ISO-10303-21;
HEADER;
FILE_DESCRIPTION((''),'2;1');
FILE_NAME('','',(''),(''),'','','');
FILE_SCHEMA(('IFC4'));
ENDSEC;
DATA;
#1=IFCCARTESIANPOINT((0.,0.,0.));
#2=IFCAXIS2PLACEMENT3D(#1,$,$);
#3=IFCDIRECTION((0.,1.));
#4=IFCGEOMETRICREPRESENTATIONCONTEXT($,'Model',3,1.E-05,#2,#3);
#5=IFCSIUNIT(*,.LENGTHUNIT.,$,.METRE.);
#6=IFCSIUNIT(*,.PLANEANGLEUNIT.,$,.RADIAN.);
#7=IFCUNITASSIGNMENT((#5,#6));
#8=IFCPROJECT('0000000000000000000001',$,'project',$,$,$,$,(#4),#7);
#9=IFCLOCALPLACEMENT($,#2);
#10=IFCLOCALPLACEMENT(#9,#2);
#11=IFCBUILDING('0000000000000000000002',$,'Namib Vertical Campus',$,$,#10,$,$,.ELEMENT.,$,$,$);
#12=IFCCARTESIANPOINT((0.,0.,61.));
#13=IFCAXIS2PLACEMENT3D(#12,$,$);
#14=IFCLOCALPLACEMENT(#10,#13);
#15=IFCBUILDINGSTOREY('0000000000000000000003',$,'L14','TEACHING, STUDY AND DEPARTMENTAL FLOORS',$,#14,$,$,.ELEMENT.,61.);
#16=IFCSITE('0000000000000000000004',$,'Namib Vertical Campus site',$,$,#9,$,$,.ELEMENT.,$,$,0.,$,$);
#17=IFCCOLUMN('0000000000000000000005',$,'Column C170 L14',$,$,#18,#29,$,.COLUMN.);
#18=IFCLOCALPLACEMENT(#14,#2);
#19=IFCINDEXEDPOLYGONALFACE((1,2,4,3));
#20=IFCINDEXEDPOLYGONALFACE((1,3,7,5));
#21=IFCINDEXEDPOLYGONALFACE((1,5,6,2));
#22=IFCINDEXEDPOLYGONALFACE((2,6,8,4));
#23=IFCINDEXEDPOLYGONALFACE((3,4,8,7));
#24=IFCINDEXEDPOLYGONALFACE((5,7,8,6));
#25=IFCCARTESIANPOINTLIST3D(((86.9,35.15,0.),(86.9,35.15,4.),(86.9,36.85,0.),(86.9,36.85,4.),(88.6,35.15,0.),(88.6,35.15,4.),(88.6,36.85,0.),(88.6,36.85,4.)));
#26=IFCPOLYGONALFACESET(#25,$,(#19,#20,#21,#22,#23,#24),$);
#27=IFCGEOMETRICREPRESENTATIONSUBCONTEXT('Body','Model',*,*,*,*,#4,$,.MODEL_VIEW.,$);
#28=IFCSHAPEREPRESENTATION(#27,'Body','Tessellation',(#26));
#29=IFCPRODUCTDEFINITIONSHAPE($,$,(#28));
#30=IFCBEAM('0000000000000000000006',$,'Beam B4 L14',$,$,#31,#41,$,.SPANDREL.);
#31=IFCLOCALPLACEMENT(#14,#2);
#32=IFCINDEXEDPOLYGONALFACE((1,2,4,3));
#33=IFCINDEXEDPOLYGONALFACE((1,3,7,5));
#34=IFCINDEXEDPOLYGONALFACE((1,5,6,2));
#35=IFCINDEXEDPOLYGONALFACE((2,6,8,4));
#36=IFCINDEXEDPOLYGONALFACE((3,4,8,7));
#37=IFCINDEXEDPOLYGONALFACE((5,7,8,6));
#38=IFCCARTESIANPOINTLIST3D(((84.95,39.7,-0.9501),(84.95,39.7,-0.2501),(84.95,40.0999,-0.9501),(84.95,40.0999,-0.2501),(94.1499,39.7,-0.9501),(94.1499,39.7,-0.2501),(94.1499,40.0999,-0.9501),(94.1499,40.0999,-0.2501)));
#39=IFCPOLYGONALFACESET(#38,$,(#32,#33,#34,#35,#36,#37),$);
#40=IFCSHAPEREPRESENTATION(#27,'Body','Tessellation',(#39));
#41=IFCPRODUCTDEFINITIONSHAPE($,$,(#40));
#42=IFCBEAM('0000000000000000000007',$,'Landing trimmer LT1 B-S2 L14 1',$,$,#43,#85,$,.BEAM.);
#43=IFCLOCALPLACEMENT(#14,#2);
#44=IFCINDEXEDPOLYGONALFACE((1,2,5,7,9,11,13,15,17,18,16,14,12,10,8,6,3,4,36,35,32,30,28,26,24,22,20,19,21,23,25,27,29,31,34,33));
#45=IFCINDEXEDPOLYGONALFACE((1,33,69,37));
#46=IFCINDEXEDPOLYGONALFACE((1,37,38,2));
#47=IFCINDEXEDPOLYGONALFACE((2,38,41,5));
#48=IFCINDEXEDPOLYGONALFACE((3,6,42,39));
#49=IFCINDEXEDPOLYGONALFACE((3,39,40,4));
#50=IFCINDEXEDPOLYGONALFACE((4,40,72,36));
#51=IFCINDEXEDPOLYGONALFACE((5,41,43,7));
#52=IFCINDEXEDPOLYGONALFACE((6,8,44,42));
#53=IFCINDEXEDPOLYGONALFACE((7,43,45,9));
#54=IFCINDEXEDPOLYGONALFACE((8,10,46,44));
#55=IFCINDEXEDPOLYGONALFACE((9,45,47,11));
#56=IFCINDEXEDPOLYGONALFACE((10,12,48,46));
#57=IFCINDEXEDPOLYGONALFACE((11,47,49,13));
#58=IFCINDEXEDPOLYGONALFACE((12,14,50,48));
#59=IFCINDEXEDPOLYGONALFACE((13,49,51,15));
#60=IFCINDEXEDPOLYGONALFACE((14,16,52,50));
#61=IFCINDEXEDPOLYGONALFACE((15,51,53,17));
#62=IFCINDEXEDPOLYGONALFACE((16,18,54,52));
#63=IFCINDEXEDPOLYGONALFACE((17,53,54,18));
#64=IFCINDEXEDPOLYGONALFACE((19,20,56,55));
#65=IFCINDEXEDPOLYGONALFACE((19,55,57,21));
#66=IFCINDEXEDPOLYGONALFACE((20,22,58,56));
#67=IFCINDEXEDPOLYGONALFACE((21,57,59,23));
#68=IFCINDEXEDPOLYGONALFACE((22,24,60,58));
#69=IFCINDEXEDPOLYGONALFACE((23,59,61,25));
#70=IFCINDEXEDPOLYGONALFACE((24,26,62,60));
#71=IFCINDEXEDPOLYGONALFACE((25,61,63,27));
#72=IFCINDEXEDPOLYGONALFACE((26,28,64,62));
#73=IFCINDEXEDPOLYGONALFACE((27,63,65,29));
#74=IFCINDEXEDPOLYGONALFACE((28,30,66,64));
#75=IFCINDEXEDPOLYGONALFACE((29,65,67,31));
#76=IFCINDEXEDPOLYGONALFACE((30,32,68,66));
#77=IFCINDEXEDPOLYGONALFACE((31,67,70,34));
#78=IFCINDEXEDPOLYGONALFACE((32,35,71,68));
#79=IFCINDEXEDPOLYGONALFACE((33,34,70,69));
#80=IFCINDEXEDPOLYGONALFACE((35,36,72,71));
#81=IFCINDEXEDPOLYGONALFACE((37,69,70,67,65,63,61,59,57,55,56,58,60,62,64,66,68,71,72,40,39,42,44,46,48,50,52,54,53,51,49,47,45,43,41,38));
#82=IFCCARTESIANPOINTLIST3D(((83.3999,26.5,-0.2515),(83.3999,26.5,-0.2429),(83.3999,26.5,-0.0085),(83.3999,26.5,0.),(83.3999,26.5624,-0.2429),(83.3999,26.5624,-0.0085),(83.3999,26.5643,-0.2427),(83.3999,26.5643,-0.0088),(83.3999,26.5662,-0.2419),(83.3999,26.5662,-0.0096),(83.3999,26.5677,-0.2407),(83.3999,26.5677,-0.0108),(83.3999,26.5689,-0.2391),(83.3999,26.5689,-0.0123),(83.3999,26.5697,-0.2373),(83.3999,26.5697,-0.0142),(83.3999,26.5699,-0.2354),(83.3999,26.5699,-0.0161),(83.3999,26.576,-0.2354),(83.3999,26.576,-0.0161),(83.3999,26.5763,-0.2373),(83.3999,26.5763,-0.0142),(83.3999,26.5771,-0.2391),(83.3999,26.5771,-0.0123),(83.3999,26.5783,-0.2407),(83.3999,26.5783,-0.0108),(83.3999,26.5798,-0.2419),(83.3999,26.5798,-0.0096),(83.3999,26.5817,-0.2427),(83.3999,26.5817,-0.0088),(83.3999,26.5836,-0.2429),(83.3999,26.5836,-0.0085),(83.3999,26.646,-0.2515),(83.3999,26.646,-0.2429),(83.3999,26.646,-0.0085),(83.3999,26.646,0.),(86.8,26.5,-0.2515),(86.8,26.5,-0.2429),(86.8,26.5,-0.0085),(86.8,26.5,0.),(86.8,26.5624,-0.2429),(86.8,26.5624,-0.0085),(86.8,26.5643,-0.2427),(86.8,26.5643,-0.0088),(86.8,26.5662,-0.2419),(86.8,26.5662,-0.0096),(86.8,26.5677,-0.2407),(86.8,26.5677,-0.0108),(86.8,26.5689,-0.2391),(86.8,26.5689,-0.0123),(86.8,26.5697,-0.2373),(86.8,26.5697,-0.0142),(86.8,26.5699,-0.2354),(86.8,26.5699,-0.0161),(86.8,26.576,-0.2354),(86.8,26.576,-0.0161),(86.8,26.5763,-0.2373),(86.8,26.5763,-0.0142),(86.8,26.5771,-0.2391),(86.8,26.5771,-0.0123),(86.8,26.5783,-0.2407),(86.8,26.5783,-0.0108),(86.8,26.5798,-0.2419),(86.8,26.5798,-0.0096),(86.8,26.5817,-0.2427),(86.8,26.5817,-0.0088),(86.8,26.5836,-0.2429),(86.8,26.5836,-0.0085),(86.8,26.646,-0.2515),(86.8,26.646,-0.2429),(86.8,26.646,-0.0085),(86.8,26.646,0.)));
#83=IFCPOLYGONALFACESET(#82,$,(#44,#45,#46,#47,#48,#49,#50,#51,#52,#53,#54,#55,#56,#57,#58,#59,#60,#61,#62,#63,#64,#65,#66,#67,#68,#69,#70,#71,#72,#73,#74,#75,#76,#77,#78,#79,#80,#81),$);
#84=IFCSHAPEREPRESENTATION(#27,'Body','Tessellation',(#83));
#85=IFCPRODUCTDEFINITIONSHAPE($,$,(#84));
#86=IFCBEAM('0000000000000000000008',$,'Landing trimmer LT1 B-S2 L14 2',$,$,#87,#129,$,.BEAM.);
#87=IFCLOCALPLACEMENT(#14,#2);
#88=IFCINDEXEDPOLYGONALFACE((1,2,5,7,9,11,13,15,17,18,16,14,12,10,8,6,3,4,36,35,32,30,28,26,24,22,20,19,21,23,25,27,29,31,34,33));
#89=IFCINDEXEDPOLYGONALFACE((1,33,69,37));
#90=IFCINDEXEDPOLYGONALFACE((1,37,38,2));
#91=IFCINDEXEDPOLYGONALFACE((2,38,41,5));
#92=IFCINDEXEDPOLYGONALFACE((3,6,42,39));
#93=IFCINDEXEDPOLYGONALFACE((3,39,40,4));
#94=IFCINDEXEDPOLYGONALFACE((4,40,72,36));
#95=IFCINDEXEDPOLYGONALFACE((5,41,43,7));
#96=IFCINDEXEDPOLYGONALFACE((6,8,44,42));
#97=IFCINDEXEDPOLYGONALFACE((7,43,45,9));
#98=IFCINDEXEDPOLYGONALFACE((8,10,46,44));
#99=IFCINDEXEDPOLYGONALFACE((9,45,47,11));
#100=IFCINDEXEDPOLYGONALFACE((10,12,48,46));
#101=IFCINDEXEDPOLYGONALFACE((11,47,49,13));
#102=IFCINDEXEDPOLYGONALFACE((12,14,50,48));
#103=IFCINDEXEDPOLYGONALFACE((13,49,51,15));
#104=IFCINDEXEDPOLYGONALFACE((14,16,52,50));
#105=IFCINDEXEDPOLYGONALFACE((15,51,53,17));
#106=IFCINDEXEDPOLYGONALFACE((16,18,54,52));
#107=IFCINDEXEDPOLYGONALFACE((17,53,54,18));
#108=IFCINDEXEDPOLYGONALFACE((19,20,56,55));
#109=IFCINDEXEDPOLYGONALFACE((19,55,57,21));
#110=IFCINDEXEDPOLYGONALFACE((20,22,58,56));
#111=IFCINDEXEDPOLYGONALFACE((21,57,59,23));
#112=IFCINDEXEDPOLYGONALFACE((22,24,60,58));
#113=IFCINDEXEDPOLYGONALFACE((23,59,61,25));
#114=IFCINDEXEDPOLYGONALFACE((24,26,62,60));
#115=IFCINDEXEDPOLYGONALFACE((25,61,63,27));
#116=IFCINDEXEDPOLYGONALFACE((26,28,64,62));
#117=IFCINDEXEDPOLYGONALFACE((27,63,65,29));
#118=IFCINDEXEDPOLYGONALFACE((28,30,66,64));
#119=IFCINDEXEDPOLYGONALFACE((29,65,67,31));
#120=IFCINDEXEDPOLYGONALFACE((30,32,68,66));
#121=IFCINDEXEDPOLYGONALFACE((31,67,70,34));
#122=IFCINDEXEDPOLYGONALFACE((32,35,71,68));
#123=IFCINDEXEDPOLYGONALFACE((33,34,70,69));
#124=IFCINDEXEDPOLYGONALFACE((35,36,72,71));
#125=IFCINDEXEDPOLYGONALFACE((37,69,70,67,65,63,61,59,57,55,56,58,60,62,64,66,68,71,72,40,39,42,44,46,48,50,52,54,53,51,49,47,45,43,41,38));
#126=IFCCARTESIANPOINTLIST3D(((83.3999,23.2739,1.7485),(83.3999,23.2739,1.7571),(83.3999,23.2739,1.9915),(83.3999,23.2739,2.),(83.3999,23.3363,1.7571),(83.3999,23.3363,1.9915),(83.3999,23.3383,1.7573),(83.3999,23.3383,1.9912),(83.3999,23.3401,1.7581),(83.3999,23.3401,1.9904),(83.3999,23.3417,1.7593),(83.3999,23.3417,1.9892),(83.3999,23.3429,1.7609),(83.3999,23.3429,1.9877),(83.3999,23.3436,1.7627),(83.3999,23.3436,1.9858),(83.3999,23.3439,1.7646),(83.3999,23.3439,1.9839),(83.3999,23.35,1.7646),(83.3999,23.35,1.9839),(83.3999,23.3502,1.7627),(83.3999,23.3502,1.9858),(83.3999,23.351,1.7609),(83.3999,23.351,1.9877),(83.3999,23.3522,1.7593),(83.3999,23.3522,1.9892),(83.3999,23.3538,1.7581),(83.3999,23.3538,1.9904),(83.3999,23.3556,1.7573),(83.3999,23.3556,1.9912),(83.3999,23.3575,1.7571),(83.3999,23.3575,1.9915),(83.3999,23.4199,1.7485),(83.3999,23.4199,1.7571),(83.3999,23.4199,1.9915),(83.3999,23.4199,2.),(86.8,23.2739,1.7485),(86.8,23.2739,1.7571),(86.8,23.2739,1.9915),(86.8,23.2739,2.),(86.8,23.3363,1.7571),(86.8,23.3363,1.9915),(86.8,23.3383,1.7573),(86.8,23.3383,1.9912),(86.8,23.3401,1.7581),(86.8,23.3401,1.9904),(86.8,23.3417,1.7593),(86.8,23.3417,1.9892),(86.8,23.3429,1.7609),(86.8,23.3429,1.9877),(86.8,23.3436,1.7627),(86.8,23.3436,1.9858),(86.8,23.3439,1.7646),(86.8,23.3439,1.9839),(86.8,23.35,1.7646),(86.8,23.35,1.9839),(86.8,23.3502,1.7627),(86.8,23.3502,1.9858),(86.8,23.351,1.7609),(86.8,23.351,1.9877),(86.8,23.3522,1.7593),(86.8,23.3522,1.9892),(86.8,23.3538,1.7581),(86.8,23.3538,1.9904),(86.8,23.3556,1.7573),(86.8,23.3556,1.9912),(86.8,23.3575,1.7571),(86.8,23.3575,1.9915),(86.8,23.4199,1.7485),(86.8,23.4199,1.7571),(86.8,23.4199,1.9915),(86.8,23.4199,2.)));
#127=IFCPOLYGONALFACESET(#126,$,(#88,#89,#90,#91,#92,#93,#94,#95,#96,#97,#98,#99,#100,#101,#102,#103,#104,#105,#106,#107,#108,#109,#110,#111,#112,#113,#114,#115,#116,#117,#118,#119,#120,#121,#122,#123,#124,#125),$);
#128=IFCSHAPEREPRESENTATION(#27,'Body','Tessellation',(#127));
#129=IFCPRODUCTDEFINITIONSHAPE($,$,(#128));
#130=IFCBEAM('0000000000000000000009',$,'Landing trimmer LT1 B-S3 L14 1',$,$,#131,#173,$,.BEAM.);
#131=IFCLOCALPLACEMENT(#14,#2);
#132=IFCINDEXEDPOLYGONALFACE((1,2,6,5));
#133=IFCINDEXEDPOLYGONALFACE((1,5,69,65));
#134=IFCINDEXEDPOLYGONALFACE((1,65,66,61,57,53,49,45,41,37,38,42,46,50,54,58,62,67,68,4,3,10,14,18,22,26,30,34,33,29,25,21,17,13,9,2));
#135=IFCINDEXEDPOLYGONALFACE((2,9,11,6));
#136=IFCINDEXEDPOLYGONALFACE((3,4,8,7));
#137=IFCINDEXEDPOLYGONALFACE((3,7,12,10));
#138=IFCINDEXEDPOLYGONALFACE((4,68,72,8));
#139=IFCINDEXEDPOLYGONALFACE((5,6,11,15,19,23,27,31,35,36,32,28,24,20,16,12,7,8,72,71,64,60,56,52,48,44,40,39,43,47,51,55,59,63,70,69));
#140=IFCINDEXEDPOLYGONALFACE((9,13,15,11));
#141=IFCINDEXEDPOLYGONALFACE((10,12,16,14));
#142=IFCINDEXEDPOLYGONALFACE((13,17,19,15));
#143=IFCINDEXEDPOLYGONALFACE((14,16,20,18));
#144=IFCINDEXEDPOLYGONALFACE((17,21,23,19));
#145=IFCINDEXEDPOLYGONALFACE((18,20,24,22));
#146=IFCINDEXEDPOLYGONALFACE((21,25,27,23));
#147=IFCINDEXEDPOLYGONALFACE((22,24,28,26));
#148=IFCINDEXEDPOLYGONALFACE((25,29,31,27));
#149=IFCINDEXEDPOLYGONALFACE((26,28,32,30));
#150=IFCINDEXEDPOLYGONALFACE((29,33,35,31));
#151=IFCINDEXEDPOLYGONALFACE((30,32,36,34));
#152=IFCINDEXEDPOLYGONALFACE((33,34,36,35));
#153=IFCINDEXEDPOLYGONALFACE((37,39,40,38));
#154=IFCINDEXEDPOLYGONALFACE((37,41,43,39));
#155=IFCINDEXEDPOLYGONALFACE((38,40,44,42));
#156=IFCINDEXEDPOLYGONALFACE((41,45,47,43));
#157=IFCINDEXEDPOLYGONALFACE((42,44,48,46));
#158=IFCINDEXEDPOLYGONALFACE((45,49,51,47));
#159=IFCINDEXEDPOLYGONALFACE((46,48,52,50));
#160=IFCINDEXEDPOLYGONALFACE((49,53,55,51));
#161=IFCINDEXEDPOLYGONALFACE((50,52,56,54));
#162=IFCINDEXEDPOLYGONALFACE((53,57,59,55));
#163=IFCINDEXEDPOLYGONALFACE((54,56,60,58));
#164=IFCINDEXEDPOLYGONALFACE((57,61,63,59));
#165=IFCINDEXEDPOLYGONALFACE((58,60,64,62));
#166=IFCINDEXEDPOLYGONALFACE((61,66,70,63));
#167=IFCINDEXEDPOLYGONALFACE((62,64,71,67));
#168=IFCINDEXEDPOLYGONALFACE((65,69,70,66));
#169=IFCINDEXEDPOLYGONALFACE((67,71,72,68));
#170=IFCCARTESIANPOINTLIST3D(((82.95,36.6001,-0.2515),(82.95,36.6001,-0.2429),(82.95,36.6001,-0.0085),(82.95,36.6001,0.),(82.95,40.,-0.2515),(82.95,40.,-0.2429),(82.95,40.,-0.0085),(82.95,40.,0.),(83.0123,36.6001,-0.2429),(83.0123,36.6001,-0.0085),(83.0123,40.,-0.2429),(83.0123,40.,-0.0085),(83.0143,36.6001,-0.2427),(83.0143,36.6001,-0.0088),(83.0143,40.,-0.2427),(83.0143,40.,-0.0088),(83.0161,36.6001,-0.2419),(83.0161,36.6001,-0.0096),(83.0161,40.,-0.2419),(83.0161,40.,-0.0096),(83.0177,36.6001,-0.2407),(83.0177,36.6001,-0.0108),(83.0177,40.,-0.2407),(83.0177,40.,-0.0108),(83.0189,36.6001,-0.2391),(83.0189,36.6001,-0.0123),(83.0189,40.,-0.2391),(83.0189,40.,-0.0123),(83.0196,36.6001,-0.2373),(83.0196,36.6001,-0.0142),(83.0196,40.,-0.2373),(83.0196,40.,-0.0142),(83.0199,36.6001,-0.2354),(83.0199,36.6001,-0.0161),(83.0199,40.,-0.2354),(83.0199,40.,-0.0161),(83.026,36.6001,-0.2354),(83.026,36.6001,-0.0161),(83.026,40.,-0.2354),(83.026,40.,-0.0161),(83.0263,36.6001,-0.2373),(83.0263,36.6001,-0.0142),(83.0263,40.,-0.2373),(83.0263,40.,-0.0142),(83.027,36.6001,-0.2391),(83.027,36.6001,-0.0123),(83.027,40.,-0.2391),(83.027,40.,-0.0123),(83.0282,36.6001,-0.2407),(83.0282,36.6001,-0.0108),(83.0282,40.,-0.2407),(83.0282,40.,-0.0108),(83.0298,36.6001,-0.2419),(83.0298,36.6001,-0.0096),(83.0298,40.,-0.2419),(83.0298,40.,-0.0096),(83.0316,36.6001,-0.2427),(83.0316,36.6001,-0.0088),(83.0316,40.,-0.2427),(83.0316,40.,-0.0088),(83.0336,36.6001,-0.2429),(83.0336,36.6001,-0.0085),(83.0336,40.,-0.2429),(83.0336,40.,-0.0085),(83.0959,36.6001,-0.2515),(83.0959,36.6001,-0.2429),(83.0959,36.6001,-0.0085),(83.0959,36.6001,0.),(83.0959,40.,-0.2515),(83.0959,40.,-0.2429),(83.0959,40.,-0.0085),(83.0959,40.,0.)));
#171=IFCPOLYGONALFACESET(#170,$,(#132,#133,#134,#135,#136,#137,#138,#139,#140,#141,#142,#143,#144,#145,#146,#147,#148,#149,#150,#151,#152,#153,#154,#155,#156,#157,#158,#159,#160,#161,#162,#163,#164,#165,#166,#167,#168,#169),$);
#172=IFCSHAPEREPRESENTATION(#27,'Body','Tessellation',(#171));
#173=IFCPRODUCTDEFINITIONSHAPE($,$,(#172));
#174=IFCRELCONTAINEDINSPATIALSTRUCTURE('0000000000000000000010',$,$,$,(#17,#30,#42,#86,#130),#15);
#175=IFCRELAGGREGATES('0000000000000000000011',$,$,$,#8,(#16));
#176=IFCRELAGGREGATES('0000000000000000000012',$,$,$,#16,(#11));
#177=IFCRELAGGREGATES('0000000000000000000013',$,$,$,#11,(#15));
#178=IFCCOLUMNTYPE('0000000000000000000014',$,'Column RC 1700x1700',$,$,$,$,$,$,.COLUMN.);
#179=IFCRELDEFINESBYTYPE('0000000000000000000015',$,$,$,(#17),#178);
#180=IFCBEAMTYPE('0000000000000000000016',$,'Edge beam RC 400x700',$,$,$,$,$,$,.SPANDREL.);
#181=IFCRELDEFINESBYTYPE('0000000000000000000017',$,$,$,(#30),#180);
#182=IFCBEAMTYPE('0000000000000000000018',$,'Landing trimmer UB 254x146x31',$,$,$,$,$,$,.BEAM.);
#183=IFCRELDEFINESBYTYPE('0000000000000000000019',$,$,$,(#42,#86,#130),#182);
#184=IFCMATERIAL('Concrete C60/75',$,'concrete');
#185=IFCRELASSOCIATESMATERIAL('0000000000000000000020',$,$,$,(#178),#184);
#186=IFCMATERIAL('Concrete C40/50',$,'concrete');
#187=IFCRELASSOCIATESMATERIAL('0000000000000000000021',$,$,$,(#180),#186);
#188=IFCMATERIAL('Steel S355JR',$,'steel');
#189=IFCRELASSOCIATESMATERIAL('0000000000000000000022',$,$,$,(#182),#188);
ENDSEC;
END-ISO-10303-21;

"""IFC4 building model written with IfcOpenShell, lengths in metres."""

from ifc_helpers import new_model, si_unit, direction, frame, origin, origin_2d, place, context, subcontext, project, spatial, rectangle, i_section, extrude, material, material_profile, profile_set, type_object, element, save


model = new_model("IFC4")

# Units and contexts
model_context = context("Model", 3, precision=1e-05, world=origin(), true_north=direction((0.0, 1.0)))
body_context = subcontext(model_context, "Body", "Model", "MODEL_VIEW")
ifc_project = project(units=[si_unit("LENGTHUNIT", "METRE"), si_unit("PLANEANGLEUNIT", "RADIAN")], contexts=[model_context])

# Site, building, storey
site_placement = place(None, origin())
site = spatial("IfcSite", under=ifc_project, at=site_placement, Name="Namib Vertical Campus site", CompositionType="ELEMENT", RefElevation=0.0)
building_placement = place(site_placement, origin())
building = spatial("IfcBuilding", under=site, at=building_placement, Name="Namib Vertical Campus", CompositionType="ELEMENT")
storey_placement = place(building_placement, frame((0.0, 0.0, 61.0)))
storey = spatial("IfcBuildingStorey", under=building, at=storey_placement, Name="L14", Description="TEACHING, STUDY AND DEPARTMENTAL FLOORS", CompositionType="ELEMENT", Elevation=61.0)

# Column
ifc_material_1 = material(Name="Concrete C60/75", Category="concrete")
ifc_material_profile_1 = material_profile(ifc_material_1, rectangle(XDim=1.7, YDim=1.7, at=origin_2d()))
ifc_profile_set_1 = profile_set([ifc_material_profile_1], Name="Concrete C60/75")
column_type = type_object("IfcColumnType", Name="Column RC 1700x1700", PredefinedType="COLUMN", material=ifc_profile_set_1)
column_placement = place(storey_placement, frame((87.75, 36.0, 0.0), z_axis=(0.0, 0.0, 1.0), x_axis=(1.0, 0.0, 0.0)))
element("IfcColumn", 1, at=column_placement, inside=storey, type_object=column_type, Name="Column C170 L14", PredefinedType="COLUMN", context=body_context, shape_type="SweptSolid", body=[
    extrude(rectangle(XDim=1.7, YDim=1.7, at=origin_2d()), origin(), (0.0, 0.0, 1.0), 4.0),
])

# Beams
ifc_material_2 = material(Name="Concrete C40/50", Category="concrete")
ifc_material_profile_2 = material_profile(ifc_material_2, rectangle(XDim=0.3999, YDim=0.7, at=origin_2d()))
ifc_profile_set_2 = profile_set([ifc_material_profile_2], Name="Concrete C40/50")
beam_type_1 = type_object("IfcBeamType", Name="Edge beam RC 400x700", PredefinedType="SPANDREL", material=ifc_profile_set_2)
beam_1_placement = place(storey_placement, frame((84.95, 39.8999, -0.6001), z_axis=(1.0, 0.0, 0.0), x_axis=(0.0, 1.0, 0.0)))
element("IfcBeam", 2, at=beam_1_placement, inside=storey, type_object=beam_type_1, Name="Beam B4 L14", PredefinedType="SPANDREL", context=body_context, shape_type="SweptSolid", body=[
    extrude(rectangle(XDim=0.3999, YDim=0.7, at=origin_2d()), origin(), (0.0, 0.0, 1.0), 9.2),
])
ifc_material_3 = material(Name="Steel S355JR", Category="steel")
ifc_material_profile_3 = material_profile(ifc_material_3, i_section(OverallWidth=0.146, OverallDepth=0.2515, WebThickness=0.0061, FlangeThickness=0.0085, FilletRadius=0.0076, at=origin_2d()))
ifc_profile_set_3 = profile_set([ifc_material_profile_3], Name="Steel S355JR")
beam_type_2 = type_object("IfcBeamType", Name="Landing trimmer UB 254x146x31", PredefinedType="BEAM", material=ifc_profile_set_3)
for number, where, z_axis, x_axis, name in (
    (3, (83.3999, 26.573, -0.1257), (1.0, 0.0, 0.0), (0.0, 1.0, 0.0), "Landing trimmer LT1 B-S2 L14 1"),
    (4, (83.3999, 23.3469, 1.8743), (1.0, 0.0, 0.0), (0.0, 1.0, 0.0), "Landing trimmer LT1 B-S2 L14 2"),
):
    element("IfcBeam", number, at=place(storey_placement, frame(where, z_axis=z_axis, x_axis=x_axis)), inside=storey, type_object=beam_type_2, Name=name, PredefinedType="BEAM", context=body_context, shape_type="SweptSolid", body=[
        extrude(i_section(OverallWidth=0.146, OverallDepth=0.2515, WebThickness=0.0061, FlangeThickness=0.0085, FilletRadius=0.0076, at=origin_2d()), origin(), (0.0, 0.0, 1.0), 3.4001),
    ])
beam_2_placement = place(storey_placement, frame((83.0229, 36.6001, -0.1257), z_axis=(0.0, 1.0, 0.0), x_axis=(-1.0, 0.0, 0.0)))
element("IfcBeam", 5, at=beam_2_placement, inside=storey, type_object=beam_type_2, Name="Landing trimmer LT1 B-S3 L14 1", PredefinedType="BEAM", context=body_context, shape_type="SweptSolid", body=[
    extrude(i_section(OverallWidth=0.146, OverallDepth=0.2515, WebThickness=0.0061, FlangeThickness=0.0085, FilletRadius=0.0076, at=origin_2d()), origin(), (0.0, 0.0, 1.0), 3.3999),
])

save(model, "model.ifc")
